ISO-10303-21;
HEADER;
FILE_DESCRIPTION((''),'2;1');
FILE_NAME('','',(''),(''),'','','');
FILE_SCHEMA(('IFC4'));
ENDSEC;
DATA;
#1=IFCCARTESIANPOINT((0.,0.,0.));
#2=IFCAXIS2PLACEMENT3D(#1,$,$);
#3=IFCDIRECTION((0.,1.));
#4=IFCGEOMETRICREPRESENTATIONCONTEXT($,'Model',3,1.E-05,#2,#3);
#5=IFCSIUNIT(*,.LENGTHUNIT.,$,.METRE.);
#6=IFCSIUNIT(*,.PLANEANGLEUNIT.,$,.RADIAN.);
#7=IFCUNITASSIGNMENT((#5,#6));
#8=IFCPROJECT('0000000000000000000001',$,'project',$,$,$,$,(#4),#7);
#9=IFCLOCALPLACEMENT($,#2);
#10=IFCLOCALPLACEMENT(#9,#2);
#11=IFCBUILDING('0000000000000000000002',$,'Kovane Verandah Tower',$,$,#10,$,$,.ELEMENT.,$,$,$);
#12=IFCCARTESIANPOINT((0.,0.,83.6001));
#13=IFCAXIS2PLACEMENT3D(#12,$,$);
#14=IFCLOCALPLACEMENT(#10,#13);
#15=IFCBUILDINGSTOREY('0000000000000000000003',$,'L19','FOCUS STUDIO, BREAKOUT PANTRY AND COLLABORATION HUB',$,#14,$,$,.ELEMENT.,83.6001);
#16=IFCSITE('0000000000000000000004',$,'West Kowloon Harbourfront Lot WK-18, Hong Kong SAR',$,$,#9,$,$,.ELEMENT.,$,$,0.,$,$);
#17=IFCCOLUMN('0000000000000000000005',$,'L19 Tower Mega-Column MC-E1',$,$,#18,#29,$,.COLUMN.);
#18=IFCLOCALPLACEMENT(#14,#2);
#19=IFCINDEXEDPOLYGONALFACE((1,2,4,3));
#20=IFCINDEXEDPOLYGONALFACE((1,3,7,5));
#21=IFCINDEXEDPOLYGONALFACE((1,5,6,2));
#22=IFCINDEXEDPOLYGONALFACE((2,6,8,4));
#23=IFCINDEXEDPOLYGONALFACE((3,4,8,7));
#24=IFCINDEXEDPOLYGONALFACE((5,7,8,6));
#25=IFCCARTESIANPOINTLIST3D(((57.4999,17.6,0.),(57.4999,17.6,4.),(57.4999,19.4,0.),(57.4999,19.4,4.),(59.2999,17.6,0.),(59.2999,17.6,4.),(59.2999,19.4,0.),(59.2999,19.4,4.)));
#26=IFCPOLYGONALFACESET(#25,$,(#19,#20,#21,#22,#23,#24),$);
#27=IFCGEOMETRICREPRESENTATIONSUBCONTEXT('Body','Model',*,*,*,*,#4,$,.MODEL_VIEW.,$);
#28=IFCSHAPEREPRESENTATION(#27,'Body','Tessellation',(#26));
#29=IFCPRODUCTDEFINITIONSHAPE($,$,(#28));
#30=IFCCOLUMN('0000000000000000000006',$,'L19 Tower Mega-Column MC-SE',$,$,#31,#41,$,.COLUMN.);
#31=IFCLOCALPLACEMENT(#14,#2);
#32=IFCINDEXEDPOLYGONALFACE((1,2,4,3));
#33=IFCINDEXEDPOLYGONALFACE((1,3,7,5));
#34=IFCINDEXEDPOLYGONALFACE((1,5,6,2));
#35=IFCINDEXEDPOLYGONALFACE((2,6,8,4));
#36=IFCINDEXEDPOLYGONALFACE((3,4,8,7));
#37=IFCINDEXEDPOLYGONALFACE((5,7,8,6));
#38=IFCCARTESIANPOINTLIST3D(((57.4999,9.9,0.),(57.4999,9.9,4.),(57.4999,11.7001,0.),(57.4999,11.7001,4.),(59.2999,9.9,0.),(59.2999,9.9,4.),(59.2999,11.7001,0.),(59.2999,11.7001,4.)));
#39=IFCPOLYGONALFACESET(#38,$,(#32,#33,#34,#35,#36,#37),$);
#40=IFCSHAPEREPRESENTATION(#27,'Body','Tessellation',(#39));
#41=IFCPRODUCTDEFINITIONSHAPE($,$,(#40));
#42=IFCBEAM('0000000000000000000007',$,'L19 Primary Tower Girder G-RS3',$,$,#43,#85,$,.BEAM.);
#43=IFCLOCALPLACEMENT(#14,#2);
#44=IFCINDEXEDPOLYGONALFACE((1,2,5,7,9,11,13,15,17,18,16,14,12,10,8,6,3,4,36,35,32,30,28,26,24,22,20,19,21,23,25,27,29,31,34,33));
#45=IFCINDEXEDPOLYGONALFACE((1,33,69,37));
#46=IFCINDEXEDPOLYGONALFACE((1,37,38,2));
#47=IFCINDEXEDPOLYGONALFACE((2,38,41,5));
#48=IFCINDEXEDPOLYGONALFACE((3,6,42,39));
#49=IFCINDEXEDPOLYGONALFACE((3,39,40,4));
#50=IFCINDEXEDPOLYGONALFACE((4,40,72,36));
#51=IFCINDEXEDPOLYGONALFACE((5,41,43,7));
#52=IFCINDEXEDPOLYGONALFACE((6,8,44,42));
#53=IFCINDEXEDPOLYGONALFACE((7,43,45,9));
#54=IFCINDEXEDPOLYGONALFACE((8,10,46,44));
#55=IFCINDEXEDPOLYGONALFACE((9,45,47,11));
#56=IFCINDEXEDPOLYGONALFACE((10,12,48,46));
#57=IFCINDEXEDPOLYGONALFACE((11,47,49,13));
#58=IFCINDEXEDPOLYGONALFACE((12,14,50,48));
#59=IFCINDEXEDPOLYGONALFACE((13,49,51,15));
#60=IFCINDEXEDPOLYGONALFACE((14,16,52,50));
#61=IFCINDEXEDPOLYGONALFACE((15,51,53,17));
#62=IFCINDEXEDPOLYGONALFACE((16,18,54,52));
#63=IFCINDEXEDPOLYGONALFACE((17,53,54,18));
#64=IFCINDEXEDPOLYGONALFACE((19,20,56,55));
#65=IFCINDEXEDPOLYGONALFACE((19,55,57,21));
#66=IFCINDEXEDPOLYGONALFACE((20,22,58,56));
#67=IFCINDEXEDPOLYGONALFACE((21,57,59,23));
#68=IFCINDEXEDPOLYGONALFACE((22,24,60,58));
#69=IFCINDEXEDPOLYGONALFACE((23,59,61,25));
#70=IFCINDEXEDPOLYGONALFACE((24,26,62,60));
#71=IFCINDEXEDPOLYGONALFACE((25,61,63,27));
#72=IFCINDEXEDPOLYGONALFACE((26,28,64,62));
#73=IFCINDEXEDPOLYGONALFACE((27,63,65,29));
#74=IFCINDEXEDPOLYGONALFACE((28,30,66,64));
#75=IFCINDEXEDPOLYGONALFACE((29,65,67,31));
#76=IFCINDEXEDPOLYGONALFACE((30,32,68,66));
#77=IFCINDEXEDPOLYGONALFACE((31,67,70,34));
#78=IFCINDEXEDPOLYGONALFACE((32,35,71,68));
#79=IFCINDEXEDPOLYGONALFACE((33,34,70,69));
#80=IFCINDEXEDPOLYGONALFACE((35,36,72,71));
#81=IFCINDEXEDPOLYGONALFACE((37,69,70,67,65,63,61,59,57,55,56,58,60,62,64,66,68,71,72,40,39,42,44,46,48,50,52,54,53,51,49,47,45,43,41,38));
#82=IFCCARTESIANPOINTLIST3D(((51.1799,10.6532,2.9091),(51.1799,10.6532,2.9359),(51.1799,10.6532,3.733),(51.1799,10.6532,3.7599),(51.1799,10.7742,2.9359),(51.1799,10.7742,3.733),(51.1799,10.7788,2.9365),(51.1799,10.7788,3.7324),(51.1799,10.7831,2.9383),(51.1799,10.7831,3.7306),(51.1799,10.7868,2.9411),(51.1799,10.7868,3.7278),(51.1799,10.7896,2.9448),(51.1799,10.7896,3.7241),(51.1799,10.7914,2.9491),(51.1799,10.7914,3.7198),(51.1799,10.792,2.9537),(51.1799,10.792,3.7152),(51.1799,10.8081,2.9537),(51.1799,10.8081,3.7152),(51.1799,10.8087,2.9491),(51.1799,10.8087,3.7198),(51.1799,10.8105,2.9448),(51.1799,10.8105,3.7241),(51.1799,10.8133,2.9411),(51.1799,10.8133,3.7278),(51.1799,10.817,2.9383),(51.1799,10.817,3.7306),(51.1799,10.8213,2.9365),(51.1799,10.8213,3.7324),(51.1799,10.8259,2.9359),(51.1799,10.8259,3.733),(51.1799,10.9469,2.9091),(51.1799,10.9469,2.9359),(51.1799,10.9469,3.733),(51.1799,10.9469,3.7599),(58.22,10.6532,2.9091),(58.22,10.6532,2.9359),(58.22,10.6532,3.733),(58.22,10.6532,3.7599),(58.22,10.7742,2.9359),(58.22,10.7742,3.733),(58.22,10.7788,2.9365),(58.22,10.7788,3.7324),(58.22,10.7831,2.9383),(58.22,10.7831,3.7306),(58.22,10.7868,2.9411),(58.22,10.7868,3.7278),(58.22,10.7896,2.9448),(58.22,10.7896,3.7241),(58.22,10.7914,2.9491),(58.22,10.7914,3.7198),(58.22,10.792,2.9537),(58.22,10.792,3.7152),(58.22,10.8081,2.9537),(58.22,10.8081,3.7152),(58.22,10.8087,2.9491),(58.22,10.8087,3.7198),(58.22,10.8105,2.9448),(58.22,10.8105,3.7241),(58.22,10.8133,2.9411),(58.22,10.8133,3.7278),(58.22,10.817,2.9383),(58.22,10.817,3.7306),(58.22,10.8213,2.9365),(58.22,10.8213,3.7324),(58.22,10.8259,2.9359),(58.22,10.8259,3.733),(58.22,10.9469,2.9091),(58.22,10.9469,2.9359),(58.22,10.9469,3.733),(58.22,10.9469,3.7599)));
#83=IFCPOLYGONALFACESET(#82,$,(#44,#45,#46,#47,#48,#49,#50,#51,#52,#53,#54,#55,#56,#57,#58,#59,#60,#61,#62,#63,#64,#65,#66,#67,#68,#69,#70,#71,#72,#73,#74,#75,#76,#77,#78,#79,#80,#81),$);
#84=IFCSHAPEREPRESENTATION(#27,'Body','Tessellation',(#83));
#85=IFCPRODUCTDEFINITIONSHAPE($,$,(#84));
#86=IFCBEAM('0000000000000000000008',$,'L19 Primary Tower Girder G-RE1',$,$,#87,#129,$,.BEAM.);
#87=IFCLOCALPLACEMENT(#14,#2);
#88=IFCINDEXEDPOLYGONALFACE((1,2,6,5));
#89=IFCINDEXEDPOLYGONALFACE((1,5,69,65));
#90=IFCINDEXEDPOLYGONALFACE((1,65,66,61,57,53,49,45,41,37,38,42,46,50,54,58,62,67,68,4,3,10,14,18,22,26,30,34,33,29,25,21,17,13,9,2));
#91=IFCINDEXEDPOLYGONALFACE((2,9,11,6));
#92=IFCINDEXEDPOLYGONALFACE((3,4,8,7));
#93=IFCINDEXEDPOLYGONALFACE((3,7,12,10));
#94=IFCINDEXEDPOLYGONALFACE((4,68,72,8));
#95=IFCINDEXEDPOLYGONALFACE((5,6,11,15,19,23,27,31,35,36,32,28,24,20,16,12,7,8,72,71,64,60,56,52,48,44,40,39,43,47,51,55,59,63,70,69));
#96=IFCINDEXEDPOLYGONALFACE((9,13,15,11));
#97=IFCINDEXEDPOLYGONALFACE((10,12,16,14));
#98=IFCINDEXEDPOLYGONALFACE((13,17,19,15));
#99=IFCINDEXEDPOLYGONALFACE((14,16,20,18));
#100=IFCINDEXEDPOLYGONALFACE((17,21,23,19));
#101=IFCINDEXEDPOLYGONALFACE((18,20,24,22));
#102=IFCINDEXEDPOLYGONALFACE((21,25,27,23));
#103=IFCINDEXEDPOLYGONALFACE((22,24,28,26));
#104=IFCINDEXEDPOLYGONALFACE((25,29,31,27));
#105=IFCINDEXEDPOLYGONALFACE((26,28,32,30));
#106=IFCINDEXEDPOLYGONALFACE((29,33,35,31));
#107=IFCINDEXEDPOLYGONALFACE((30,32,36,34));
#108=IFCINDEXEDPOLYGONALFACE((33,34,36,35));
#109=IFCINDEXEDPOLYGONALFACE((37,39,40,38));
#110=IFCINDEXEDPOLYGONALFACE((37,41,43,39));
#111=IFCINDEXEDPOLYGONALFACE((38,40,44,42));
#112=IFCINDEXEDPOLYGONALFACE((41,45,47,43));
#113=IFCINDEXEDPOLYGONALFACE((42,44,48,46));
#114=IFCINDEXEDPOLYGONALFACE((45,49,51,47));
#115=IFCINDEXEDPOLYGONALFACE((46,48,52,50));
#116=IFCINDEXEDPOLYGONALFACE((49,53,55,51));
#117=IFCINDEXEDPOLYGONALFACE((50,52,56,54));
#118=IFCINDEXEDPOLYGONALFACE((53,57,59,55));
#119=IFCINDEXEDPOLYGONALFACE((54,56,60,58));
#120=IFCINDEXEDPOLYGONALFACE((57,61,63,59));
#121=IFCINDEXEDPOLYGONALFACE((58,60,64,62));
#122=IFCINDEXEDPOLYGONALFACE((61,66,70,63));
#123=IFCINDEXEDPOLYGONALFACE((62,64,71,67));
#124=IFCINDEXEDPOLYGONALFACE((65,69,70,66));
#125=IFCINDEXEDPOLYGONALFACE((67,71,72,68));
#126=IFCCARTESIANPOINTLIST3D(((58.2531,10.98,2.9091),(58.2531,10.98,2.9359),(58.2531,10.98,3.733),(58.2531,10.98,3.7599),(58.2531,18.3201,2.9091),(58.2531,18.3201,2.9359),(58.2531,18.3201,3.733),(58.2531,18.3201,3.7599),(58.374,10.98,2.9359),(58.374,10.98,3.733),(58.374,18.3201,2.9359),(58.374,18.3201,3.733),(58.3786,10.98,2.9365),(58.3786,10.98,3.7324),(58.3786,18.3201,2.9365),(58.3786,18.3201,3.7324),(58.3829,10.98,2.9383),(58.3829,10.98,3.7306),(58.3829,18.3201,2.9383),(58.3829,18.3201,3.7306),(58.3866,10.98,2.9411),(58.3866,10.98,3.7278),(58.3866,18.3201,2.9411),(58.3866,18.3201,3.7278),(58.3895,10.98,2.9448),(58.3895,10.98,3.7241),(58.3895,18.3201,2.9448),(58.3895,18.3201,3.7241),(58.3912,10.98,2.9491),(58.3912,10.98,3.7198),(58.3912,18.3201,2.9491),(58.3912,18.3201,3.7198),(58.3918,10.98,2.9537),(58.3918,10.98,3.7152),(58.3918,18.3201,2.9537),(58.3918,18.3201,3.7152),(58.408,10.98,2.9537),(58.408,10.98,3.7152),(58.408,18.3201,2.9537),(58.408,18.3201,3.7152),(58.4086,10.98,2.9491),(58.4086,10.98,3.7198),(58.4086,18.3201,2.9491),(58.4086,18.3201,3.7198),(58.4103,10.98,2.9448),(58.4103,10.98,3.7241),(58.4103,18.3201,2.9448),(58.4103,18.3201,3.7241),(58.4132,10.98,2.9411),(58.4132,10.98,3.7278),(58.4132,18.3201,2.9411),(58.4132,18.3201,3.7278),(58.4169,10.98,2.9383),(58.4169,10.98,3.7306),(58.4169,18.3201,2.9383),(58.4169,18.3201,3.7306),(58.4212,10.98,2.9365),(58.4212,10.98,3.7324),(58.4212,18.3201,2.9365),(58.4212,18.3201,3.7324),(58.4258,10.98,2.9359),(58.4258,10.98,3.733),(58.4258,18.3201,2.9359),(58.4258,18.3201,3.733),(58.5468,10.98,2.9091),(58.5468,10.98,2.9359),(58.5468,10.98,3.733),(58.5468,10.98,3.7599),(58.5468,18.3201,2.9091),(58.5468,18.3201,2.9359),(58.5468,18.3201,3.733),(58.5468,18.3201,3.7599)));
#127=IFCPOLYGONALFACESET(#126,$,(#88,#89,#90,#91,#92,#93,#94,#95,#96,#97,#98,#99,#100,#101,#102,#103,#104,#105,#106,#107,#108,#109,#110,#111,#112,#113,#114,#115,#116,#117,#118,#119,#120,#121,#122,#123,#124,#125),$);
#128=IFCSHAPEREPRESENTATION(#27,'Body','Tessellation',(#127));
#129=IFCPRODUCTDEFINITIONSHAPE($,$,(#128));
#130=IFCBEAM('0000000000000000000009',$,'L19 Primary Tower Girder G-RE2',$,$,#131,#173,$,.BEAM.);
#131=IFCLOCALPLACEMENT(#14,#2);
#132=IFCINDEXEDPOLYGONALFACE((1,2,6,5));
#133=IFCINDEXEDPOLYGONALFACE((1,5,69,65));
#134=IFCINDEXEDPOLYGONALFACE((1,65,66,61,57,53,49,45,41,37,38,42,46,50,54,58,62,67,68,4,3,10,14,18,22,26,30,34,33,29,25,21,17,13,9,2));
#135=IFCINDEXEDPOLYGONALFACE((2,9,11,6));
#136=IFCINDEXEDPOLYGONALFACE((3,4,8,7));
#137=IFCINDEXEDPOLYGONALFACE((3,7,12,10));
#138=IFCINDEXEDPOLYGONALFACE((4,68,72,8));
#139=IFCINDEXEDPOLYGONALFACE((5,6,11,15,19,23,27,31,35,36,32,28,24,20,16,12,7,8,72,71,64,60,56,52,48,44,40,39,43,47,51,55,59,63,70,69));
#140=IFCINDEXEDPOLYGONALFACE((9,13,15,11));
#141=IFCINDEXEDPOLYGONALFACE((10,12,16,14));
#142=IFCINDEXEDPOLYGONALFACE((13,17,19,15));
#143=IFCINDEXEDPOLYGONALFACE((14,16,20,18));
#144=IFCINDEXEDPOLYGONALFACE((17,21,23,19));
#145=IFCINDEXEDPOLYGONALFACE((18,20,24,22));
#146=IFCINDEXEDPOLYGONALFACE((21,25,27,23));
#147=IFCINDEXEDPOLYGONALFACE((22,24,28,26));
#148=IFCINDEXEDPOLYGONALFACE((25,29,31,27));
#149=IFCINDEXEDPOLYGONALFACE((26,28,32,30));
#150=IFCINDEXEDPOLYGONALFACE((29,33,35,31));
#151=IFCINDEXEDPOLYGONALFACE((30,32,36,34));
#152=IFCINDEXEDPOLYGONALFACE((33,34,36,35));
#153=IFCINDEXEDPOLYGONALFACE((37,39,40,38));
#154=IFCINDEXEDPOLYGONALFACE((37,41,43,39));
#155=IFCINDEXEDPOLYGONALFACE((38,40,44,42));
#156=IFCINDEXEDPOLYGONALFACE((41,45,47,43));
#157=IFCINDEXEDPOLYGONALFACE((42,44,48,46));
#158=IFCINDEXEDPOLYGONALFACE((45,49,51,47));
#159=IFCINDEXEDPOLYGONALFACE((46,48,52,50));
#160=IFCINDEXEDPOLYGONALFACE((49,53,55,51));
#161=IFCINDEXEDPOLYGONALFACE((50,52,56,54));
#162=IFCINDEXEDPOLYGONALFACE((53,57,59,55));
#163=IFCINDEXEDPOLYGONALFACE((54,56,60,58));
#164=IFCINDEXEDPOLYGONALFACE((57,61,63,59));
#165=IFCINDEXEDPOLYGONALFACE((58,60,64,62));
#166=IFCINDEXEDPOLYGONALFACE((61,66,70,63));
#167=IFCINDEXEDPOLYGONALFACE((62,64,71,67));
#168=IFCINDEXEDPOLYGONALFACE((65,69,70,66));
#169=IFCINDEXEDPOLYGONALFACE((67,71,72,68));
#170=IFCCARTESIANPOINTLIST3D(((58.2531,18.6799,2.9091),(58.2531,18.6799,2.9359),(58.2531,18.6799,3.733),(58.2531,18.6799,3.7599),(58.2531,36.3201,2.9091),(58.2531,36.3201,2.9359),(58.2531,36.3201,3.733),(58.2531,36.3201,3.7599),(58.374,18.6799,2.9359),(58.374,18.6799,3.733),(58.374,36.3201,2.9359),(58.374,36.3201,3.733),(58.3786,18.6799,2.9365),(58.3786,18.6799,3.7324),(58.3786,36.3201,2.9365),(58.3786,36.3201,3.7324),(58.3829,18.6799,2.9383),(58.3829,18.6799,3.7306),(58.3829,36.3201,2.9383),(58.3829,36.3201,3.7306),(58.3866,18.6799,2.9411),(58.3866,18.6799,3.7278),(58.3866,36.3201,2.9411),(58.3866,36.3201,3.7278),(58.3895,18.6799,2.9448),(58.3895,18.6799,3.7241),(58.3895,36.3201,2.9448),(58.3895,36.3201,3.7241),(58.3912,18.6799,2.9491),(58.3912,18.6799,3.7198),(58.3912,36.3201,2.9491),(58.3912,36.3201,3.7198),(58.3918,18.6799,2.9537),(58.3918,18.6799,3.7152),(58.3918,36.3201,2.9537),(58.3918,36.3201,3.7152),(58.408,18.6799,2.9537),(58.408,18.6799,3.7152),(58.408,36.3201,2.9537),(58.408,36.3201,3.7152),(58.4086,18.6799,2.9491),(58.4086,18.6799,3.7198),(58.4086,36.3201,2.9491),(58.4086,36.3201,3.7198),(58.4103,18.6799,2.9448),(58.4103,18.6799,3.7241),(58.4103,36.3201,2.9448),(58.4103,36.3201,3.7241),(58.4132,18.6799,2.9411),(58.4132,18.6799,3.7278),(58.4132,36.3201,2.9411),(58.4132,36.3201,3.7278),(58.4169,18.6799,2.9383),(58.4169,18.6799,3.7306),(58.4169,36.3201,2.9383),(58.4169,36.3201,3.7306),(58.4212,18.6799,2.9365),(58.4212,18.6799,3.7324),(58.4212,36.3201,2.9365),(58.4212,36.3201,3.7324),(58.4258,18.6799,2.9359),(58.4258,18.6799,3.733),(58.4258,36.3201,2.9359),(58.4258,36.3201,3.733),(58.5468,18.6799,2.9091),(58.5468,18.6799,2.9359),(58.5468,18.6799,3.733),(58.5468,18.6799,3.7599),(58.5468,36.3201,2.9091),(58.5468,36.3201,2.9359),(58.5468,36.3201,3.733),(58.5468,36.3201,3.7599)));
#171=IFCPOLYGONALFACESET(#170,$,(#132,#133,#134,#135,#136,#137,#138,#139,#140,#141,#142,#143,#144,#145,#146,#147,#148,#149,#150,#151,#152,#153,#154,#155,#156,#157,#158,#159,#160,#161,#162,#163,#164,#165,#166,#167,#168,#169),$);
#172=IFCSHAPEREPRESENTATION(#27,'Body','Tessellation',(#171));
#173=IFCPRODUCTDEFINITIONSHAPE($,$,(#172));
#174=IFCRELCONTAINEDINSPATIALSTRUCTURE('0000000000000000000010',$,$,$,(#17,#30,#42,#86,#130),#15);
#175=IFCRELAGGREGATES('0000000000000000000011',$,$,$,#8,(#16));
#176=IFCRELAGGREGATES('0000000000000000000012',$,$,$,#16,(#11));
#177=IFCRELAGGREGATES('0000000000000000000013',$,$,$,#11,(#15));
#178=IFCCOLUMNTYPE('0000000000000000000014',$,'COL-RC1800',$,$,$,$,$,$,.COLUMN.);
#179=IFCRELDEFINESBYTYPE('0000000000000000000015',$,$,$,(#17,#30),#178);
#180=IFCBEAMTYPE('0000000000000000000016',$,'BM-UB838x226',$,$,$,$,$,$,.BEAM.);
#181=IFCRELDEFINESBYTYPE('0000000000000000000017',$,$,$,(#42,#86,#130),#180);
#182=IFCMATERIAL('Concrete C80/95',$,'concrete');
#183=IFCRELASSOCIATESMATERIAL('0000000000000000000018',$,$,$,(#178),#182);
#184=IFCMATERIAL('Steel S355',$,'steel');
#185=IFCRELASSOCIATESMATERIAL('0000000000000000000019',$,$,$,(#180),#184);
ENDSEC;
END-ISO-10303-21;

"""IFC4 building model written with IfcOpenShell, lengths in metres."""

from ifc_helpers import new_model, si_unit, direction, frame, origin, origin_2d, place, context, subcontext, project, spatial, rectangle, i_section, extrude, material, material_profile, profile_set, type_object, element, save


model = new_model("IFC4")

# Units and contexts
model_context = context("Model", 3, precision=1e-05, world=origin(), true_north=direction((0.0, 1.0)))
body_context = subcontext(model_context, "Body", "Model", "MODEL_VIEW")
ifc_project = project(units=[si_unit("LENGTHUNIT", "METRE"), si_unit("PLANEANGLEUNIT", "RADIAN")], contexts=[model_context])

# Site, building, storey
site_placement = place(None, origin())
site = spatial("IfcSite", under=ifc_project, at=site_placement, Name="West Kowloon Harbourfront Lot WK-18, Hong Kong SAR", CompositionType="ELEMENT", RefElevation=0.0)
building_placement = place(site_placement, origin())
building = spatial("IfcBuilding", under=site, at=building_placement, Name="Kovane Verandah Tower", CompositionType="ELEMENT")
storey_placement = place(building_placement, frame((0.0, 0.0, 83.6001)))
storey = spatial("IfcBuildingStorey", under=building, at=storey_placement, Name="L19", Description="FOCUS STUDIO, BREAKOUT PANTRY AND COLLABORATION HUB", CompositionType="ELEMENT", Elevation=83.6001)

# Columns
ifc_material_1 = material(Name="Concrete C80/95", Category="concrete")
ifc_material_profile_1 = material_profile(ifc_material_1, rectangle(XDim=1.8, YDim=1.8, at=origin_2d()), Name="RC1800x1800")
ifc_profile_set_1 = profile_set([ifc_material_profile_1], Name="Concrete C80/95")
column_type = type_object("IfcColumnType", Name="COL-RC1800", PredefinedType="COLUMN", material=ifc_profile_set_1)
for number, where, z_axis, x_axis, name in (
    (1, (58.3999, 18.5, 0.0), (0.0, 0.0, 1.0), (1.0, 0.0, 0.0), "L19 Tower Mega-Column MC-E1"),
    (2, (58.3999, 10.8, 0.0), (0.0, 0.0, 1.0), (1.0, 0.0, 0.0), "L19 Tower Mega-Column MC-SE"),
):
    element("IfcColumn", number, at=place(storey_placement, frame(where, z_axis=z_axis, x_axis=x_axis)), inside=storey, type_object=column_type, Name=name, PredefinedType="COLUMN", context=body_context, shape_type="SweptSolid", body=[
        extrude(rectangle(XDim=1.8, YDim=1.8, at=origin_2d()), origin(), (0.0, 0.0, 1.0), 4.0),
    ])

# Beams
ifc_material_2 = material(Name="Steel S355", Category="steel")
ifc_material_profile_2 = material_profile(ifc_material_2, i_section(OverallWidth=0.2937, OverallDepth=0.8508, WebThickness=0.0161, FlangeThickness=0.0269, FilletRadius=0.0178, at=origin_2d()), Name="UB838x292x226")
ifc_profile_set_2 = profile_set([ifc_material_profile_2], Name="Steel S355")
beam_type_1 = type_object("IfcBeamType", Name="BM-UB838x226", PredefinedType="BEAM", material=ifc_profile_set_2)
beam_1_placement = place(storey_placement, frame((51.1799, 10.8, 3.3345), z_axis=(1.0, 0.0, 0.0), x_axis=(0.0, 1.0, 0.0)))
element("IfcBeam", 3, at=beam_1_placement, inside=storey, type_object=beam_type_1, Name="L19 Primary Tower Girder G-RS3", PredefinedType="BEAM", context=body_context, shape_type="SweptSolid", body=[
    extrude(i_section(OverallWidth=0.2937, OverallDepth=0.8508, WebThickness=0.0161, FlangeThickness=0.0269, FilletRadius=0.0178, at=origin_2d()), origin(), (0.0, 0.0, 1.0), 7.04),
])
beam_2_placement = place(storey_placement, frame((58.3999, 10.98, 3.3345), z_axis=(0.0, 1.0, 0.0), x_axis=(-1.0, 0.0, 0.0)))
element("IfcBeam", 4, at=beam_2_placement, inside=storey, type_object=beam_type_1, Name="L19 Primary Tower Girder G-RE1", PredefinedType="BEAM", context=body_context, shape_type="SweptSolid", body=[
    extrude(i_section(OverallWidth=0.2937, OverallDepth=0.8508, WebThickness=0.0161, FlangeThickness=0.0269, FilletRadius=0.0178, at=origin_2d()), origin(), (0.0, 0.0, 1.0), 7.3401),
])
beam_3_placement = place(storey_placement, frame((58.3999, 18.6799, 3.3345), z_axis=(0.0, 1.0, 0.0), x_axis=(-1.0, 0.0, 0.0)))
element("IfcBeam", 5, at=beam_3_placement, inside=storey, type_object=beam_type_1, Name="L19 Primary Tower Girder G-RE2", PredefinedType="BEAM", context=body_context, shape_type="SweptSolid", body=[
    extrude(i_section(OverallWidth=0.2937, OverallDepth=0.8508, WebThickness=0.0161, FlangeThickness=0.0269, FilletRadius=0.0178, at=origin_2d()), origin(), (0.0, 0.0, 1.0), 17.6401),
])

save(model, "model.ifc")
